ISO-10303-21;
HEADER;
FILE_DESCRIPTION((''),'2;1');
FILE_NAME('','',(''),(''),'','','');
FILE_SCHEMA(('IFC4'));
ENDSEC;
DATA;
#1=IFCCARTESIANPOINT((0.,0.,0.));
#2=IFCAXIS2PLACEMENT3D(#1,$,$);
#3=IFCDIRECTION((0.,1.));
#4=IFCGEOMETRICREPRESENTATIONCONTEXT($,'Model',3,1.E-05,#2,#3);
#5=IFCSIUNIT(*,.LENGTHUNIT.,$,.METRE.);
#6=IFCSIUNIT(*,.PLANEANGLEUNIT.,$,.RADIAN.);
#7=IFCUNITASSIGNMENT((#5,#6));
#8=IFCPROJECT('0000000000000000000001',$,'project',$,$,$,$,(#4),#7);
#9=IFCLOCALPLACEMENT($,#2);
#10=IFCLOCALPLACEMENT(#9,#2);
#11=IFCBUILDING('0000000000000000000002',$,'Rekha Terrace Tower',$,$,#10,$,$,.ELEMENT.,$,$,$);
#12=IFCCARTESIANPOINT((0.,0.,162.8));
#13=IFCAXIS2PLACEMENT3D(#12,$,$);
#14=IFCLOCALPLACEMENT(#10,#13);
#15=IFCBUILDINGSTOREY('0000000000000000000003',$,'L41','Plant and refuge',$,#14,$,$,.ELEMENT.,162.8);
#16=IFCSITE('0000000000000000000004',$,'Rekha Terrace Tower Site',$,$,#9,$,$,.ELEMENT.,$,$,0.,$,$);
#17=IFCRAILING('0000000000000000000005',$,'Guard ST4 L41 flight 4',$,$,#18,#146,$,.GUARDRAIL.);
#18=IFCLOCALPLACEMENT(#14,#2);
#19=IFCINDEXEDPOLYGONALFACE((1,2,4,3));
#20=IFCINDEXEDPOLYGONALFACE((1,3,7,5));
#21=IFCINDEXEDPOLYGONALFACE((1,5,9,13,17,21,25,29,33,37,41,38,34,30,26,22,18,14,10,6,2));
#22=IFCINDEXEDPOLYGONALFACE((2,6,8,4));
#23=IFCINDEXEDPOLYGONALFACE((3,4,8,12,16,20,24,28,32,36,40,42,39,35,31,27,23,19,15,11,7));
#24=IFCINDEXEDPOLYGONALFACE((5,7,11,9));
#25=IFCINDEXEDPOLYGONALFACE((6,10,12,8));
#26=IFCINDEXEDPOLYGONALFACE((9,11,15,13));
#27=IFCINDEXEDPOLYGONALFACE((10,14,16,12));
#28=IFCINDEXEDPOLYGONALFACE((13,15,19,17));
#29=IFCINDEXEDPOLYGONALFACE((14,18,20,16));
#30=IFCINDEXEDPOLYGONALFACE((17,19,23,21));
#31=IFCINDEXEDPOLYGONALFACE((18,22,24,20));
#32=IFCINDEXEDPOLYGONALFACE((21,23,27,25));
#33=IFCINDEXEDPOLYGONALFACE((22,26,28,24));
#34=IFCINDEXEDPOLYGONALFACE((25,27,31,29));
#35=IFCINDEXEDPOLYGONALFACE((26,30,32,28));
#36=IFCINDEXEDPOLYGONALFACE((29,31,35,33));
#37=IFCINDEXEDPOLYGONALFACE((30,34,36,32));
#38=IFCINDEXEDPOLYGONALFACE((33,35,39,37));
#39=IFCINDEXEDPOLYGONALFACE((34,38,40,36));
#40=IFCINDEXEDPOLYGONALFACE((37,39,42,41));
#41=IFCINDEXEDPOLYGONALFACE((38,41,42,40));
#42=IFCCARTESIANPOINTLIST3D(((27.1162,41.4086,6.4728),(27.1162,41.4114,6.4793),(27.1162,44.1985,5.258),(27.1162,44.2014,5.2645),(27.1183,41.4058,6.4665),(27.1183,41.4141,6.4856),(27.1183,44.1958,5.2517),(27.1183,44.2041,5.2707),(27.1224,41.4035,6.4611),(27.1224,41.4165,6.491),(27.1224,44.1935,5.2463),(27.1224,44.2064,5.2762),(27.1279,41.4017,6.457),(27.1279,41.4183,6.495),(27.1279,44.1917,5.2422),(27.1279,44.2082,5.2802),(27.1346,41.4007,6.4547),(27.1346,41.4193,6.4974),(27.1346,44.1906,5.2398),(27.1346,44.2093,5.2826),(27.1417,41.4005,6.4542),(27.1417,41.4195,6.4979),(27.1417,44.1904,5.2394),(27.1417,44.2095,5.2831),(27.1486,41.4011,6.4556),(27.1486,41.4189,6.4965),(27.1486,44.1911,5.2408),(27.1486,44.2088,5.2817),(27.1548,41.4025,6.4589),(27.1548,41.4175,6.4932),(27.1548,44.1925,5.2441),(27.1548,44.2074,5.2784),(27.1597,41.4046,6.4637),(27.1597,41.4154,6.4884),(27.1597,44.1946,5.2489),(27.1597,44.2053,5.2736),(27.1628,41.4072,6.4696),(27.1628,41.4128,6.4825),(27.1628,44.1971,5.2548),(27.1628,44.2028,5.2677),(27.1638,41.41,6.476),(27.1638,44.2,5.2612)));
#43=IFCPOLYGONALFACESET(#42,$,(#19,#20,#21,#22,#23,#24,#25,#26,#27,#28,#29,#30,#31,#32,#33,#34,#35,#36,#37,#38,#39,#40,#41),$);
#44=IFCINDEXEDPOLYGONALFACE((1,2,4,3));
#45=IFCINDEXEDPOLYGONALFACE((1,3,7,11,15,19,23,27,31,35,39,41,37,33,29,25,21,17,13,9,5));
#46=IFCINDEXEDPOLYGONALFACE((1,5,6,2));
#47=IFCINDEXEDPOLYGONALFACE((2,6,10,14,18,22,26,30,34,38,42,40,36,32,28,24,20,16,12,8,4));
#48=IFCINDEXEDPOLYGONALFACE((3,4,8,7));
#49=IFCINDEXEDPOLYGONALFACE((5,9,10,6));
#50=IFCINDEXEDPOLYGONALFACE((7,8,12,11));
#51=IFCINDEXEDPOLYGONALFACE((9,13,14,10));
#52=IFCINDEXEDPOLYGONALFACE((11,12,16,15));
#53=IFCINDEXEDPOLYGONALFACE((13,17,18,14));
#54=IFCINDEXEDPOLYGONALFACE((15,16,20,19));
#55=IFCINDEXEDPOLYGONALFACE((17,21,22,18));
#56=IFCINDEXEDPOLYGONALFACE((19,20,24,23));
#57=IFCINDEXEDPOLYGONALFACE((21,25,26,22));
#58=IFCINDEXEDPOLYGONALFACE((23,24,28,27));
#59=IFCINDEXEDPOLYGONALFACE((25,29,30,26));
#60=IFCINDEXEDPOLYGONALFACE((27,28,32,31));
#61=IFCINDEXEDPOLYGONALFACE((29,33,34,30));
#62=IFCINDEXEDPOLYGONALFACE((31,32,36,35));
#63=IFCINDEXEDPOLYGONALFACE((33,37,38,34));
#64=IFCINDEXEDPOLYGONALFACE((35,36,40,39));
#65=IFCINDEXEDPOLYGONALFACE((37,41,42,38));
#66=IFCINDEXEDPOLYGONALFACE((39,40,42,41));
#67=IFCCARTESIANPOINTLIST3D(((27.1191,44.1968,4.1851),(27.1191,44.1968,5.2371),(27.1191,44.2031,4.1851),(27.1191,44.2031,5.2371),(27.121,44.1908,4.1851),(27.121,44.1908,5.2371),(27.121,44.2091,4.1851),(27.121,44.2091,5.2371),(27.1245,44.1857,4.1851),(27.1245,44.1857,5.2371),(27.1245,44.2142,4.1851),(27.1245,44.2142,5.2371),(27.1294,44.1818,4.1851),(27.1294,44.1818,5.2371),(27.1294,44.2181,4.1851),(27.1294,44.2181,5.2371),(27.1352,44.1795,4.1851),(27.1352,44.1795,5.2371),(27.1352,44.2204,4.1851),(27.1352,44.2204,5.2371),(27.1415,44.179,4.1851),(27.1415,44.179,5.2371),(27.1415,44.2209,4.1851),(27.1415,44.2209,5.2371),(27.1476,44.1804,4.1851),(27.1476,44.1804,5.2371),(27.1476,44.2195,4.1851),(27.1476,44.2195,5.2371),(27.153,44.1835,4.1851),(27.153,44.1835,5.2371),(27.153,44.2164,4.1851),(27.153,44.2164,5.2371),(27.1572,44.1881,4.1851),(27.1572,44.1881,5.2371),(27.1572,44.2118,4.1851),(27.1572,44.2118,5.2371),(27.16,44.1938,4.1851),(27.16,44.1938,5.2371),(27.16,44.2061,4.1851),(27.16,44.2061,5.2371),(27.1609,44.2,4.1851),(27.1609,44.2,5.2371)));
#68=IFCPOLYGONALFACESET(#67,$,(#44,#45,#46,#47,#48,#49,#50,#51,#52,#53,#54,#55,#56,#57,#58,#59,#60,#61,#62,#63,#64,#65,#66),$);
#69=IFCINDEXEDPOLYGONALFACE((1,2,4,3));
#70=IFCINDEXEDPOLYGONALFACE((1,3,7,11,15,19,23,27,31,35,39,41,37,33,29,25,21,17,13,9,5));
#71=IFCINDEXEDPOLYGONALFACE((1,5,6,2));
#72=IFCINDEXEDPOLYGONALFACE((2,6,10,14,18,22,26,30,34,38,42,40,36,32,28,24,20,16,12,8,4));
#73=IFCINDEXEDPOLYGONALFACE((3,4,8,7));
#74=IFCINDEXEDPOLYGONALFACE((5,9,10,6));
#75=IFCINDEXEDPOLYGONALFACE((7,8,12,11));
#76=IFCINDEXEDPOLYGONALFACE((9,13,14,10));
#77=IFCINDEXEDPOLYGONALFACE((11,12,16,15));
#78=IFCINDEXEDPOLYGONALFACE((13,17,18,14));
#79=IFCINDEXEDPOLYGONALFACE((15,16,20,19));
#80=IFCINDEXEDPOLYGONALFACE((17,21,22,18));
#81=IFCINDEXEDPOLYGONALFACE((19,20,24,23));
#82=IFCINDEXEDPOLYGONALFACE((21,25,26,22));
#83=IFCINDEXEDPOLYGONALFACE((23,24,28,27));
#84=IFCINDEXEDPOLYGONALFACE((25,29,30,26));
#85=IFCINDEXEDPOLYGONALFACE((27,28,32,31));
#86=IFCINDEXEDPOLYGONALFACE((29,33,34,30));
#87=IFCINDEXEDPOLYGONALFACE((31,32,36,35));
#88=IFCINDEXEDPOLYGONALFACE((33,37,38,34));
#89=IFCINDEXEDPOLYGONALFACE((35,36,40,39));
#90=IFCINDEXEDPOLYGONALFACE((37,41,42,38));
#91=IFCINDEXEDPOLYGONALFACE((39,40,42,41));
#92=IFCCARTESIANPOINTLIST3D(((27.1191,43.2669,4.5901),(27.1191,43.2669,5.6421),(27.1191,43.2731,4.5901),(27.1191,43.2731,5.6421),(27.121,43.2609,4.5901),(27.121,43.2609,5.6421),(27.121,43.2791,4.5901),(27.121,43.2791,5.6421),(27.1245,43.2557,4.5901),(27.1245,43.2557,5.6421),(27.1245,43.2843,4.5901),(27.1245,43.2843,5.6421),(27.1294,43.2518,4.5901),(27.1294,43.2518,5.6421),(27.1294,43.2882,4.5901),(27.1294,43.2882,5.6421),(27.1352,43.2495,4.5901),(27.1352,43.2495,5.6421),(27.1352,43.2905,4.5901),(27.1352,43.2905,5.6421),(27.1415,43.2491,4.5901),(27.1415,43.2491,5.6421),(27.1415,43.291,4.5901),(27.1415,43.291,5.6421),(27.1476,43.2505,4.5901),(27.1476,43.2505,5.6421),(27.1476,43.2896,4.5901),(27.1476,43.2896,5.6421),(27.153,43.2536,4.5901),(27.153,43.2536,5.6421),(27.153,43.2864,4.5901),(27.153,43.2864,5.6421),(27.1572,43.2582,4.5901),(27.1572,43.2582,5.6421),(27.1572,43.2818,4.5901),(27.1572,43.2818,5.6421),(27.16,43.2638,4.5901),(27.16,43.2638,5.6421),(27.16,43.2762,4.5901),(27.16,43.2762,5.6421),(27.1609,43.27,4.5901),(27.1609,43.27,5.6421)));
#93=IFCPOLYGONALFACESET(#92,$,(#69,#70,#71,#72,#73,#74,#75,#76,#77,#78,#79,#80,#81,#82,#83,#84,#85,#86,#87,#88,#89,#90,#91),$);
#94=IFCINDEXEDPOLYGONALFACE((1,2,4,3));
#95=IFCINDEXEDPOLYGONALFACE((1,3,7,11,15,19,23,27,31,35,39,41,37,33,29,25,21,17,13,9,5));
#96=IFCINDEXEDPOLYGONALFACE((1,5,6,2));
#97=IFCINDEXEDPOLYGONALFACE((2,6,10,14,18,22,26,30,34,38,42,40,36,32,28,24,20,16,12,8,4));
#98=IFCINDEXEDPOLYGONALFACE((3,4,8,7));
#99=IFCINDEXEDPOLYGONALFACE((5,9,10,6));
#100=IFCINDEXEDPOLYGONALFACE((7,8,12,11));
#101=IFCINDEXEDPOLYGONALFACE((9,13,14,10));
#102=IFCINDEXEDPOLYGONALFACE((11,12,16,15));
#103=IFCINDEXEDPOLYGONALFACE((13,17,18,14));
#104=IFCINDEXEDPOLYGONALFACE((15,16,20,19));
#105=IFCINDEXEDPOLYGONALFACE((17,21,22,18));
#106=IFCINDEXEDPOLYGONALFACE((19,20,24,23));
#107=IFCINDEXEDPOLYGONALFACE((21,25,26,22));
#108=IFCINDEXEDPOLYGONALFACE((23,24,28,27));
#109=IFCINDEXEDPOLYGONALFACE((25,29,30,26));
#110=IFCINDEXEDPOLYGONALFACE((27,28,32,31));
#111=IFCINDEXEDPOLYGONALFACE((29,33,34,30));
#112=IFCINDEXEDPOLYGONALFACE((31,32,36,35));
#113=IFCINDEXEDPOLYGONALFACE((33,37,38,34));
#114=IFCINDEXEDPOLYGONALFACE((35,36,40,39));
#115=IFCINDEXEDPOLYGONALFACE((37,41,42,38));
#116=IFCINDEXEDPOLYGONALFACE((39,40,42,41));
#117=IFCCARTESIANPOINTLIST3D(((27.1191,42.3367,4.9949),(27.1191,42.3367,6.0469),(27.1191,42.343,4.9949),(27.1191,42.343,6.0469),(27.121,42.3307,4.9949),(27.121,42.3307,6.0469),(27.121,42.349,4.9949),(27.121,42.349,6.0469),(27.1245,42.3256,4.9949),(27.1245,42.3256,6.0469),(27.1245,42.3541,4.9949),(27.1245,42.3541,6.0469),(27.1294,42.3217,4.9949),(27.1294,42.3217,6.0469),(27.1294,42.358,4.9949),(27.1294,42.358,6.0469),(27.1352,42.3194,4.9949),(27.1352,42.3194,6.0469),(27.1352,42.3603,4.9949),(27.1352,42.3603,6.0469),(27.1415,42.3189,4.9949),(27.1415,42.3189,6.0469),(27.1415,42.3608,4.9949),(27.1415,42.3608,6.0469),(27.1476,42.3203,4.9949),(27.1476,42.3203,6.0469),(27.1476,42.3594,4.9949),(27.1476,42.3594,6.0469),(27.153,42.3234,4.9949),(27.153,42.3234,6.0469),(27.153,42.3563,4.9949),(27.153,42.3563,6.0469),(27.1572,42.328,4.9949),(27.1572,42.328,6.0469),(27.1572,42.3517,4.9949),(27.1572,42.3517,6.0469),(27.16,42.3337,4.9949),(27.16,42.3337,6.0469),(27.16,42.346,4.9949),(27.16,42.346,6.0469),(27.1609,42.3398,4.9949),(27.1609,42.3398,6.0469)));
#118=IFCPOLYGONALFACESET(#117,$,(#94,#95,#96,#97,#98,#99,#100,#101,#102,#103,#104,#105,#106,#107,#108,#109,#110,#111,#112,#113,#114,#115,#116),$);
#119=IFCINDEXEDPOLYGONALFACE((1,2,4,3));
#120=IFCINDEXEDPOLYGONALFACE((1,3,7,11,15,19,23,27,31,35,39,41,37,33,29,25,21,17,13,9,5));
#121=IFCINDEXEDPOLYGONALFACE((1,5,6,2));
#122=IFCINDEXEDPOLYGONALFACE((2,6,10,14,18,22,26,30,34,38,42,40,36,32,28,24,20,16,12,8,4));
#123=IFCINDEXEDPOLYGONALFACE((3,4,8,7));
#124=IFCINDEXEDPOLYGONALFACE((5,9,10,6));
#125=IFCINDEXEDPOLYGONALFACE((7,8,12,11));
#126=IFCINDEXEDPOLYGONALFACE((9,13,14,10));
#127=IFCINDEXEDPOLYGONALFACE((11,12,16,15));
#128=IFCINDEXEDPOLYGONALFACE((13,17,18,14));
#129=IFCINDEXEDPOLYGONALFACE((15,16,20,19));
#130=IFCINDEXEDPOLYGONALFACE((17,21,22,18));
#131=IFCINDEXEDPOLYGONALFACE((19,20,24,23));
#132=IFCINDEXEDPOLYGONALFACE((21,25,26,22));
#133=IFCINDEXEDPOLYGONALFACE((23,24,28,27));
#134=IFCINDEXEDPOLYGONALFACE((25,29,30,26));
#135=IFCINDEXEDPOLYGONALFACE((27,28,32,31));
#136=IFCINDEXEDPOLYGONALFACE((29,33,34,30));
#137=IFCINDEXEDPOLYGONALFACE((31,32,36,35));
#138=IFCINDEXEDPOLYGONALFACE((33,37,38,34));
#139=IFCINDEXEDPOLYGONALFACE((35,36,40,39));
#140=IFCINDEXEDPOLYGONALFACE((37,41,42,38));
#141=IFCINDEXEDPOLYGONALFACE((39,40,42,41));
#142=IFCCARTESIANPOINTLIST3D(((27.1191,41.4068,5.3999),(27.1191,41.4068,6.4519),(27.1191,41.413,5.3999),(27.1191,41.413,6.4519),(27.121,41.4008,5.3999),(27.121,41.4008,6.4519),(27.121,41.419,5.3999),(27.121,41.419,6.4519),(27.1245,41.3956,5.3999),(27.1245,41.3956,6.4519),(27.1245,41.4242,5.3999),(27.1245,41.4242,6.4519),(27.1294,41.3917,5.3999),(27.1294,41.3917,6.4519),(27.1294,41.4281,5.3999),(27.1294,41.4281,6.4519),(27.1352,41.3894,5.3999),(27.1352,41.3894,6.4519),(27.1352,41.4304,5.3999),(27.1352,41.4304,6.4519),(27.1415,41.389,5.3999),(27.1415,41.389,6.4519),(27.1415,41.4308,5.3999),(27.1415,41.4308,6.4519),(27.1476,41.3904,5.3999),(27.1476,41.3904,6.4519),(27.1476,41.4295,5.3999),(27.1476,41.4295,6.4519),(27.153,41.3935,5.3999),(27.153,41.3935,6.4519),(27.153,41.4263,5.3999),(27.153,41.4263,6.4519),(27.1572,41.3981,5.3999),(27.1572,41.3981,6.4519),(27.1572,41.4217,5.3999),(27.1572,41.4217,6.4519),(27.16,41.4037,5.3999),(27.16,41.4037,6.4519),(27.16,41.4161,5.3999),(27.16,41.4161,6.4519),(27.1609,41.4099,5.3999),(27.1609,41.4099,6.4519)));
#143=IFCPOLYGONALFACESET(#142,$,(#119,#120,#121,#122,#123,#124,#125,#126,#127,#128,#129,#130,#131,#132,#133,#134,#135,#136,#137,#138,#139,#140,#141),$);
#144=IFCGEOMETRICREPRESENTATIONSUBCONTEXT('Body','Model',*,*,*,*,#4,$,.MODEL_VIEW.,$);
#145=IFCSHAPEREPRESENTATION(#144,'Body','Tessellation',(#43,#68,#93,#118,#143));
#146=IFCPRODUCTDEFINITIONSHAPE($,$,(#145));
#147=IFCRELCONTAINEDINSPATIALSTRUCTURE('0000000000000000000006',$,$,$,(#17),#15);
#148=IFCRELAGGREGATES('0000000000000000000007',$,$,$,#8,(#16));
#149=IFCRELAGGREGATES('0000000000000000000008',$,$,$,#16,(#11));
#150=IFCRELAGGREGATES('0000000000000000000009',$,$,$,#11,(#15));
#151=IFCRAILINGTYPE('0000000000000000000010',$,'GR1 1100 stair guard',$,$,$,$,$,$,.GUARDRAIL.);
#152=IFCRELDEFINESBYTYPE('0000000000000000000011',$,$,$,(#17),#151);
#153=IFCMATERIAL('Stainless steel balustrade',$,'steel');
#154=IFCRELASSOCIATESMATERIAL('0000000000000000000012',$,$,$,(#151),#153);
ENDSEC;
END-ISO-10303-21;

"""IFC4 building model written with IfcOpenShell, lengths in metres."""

from ifc_helpers import new_model, si_unit, direction, frame, origin, origin_2d, place, context, subcontext, project, spatial, circle, extrude, material, type_object, element, save


model = new_model("IFC4")

# Units and contexts
model_context = context("Model", 3, precision=1e-05, world=origin(), true_north=direction((0.0, 1.0)))
body_context = subcontext(model_context, "Body", "Model", "MODEL_VIEW")
ifc_project = project(units=[si_unit("LENGTHUNIT", "METRE"), si_unit("PLANEANGLEUNIT", "RADIAN")], contexts=[model_context])

# Site, building, storey
site_placement = place(None, origin())
site = spatial("IfcSite", under=ifc_project, at=site_placement, Name="Rekha Terrace Tower Site", CompositionType="ELEMENT", RefElevation=0.0)
building_placement = place(site_placement, origin())
building = spatial("IfcBuilding", under=site, at=building_placement, Name="Rekha Terrace Tower", CompositionType="ELEMENT")
storey_placement = place(building_placement, frame((0.0, 0.0, 162.8)))
storey = spatial("IfcBuildingStorey", under=building, at=storey_placement, Name="L41", Description="Plant and refuge", CompositionType="ELEMENT", Elevation=162.8)

# Railing
ifc_material_1 = material(Name="Stainless steel balustrade", Category="steel")
railing_type_1 = type_object("IfcRailingType", Name="GR1 1100 stair guard", PredefinedType="GUARDRAIL", material=ifc_material_1)
railing_1_placement = place(storey_placement, frame((27.1399, 44.2, 4.1851)))
element("IfcRailing", 1, at=railing_1_placement, inside=storey, type_object=railing_type_1, Name="Guard ST4 L41 flight 4", PredefinedType="GUARDRAIL", context=body_context, shape_type="SweptSolid", body=[
    extrude(circle(Radius=0.0239, at=origin_2d()), frame((0.0, 0.0, 1.0762), z_axis=(0.0, -0.916856, 0.399219), x_axis=(1.0, 0.0, 0.0)), (0.0, 0.0, 1.0), 3.043),
    extrude(circle(Radius=0.021, at=origin_2d()), origin(), (0.0, 0.0, 1.0), 1.052),
    extrude(circle(Radius=0.021, at=origin_2d()), frame((0.0, -0.9299, 0.405)), (0.0, 0.0, 1.0), 1.052),
    extrude(circle(Radius=0.021, at=origin_2d()), frame((0.0, -1.8601, 0.8098)), (0.0, 0.0, 1.0), 1.052),
    extrude(circle(Radius=0.021, at=origin_2d()), frame((0.0, -2.79, 1.2148)), (0.0, 0.0, 1.0), 1.052),
])

save(model, "model.ifc")
